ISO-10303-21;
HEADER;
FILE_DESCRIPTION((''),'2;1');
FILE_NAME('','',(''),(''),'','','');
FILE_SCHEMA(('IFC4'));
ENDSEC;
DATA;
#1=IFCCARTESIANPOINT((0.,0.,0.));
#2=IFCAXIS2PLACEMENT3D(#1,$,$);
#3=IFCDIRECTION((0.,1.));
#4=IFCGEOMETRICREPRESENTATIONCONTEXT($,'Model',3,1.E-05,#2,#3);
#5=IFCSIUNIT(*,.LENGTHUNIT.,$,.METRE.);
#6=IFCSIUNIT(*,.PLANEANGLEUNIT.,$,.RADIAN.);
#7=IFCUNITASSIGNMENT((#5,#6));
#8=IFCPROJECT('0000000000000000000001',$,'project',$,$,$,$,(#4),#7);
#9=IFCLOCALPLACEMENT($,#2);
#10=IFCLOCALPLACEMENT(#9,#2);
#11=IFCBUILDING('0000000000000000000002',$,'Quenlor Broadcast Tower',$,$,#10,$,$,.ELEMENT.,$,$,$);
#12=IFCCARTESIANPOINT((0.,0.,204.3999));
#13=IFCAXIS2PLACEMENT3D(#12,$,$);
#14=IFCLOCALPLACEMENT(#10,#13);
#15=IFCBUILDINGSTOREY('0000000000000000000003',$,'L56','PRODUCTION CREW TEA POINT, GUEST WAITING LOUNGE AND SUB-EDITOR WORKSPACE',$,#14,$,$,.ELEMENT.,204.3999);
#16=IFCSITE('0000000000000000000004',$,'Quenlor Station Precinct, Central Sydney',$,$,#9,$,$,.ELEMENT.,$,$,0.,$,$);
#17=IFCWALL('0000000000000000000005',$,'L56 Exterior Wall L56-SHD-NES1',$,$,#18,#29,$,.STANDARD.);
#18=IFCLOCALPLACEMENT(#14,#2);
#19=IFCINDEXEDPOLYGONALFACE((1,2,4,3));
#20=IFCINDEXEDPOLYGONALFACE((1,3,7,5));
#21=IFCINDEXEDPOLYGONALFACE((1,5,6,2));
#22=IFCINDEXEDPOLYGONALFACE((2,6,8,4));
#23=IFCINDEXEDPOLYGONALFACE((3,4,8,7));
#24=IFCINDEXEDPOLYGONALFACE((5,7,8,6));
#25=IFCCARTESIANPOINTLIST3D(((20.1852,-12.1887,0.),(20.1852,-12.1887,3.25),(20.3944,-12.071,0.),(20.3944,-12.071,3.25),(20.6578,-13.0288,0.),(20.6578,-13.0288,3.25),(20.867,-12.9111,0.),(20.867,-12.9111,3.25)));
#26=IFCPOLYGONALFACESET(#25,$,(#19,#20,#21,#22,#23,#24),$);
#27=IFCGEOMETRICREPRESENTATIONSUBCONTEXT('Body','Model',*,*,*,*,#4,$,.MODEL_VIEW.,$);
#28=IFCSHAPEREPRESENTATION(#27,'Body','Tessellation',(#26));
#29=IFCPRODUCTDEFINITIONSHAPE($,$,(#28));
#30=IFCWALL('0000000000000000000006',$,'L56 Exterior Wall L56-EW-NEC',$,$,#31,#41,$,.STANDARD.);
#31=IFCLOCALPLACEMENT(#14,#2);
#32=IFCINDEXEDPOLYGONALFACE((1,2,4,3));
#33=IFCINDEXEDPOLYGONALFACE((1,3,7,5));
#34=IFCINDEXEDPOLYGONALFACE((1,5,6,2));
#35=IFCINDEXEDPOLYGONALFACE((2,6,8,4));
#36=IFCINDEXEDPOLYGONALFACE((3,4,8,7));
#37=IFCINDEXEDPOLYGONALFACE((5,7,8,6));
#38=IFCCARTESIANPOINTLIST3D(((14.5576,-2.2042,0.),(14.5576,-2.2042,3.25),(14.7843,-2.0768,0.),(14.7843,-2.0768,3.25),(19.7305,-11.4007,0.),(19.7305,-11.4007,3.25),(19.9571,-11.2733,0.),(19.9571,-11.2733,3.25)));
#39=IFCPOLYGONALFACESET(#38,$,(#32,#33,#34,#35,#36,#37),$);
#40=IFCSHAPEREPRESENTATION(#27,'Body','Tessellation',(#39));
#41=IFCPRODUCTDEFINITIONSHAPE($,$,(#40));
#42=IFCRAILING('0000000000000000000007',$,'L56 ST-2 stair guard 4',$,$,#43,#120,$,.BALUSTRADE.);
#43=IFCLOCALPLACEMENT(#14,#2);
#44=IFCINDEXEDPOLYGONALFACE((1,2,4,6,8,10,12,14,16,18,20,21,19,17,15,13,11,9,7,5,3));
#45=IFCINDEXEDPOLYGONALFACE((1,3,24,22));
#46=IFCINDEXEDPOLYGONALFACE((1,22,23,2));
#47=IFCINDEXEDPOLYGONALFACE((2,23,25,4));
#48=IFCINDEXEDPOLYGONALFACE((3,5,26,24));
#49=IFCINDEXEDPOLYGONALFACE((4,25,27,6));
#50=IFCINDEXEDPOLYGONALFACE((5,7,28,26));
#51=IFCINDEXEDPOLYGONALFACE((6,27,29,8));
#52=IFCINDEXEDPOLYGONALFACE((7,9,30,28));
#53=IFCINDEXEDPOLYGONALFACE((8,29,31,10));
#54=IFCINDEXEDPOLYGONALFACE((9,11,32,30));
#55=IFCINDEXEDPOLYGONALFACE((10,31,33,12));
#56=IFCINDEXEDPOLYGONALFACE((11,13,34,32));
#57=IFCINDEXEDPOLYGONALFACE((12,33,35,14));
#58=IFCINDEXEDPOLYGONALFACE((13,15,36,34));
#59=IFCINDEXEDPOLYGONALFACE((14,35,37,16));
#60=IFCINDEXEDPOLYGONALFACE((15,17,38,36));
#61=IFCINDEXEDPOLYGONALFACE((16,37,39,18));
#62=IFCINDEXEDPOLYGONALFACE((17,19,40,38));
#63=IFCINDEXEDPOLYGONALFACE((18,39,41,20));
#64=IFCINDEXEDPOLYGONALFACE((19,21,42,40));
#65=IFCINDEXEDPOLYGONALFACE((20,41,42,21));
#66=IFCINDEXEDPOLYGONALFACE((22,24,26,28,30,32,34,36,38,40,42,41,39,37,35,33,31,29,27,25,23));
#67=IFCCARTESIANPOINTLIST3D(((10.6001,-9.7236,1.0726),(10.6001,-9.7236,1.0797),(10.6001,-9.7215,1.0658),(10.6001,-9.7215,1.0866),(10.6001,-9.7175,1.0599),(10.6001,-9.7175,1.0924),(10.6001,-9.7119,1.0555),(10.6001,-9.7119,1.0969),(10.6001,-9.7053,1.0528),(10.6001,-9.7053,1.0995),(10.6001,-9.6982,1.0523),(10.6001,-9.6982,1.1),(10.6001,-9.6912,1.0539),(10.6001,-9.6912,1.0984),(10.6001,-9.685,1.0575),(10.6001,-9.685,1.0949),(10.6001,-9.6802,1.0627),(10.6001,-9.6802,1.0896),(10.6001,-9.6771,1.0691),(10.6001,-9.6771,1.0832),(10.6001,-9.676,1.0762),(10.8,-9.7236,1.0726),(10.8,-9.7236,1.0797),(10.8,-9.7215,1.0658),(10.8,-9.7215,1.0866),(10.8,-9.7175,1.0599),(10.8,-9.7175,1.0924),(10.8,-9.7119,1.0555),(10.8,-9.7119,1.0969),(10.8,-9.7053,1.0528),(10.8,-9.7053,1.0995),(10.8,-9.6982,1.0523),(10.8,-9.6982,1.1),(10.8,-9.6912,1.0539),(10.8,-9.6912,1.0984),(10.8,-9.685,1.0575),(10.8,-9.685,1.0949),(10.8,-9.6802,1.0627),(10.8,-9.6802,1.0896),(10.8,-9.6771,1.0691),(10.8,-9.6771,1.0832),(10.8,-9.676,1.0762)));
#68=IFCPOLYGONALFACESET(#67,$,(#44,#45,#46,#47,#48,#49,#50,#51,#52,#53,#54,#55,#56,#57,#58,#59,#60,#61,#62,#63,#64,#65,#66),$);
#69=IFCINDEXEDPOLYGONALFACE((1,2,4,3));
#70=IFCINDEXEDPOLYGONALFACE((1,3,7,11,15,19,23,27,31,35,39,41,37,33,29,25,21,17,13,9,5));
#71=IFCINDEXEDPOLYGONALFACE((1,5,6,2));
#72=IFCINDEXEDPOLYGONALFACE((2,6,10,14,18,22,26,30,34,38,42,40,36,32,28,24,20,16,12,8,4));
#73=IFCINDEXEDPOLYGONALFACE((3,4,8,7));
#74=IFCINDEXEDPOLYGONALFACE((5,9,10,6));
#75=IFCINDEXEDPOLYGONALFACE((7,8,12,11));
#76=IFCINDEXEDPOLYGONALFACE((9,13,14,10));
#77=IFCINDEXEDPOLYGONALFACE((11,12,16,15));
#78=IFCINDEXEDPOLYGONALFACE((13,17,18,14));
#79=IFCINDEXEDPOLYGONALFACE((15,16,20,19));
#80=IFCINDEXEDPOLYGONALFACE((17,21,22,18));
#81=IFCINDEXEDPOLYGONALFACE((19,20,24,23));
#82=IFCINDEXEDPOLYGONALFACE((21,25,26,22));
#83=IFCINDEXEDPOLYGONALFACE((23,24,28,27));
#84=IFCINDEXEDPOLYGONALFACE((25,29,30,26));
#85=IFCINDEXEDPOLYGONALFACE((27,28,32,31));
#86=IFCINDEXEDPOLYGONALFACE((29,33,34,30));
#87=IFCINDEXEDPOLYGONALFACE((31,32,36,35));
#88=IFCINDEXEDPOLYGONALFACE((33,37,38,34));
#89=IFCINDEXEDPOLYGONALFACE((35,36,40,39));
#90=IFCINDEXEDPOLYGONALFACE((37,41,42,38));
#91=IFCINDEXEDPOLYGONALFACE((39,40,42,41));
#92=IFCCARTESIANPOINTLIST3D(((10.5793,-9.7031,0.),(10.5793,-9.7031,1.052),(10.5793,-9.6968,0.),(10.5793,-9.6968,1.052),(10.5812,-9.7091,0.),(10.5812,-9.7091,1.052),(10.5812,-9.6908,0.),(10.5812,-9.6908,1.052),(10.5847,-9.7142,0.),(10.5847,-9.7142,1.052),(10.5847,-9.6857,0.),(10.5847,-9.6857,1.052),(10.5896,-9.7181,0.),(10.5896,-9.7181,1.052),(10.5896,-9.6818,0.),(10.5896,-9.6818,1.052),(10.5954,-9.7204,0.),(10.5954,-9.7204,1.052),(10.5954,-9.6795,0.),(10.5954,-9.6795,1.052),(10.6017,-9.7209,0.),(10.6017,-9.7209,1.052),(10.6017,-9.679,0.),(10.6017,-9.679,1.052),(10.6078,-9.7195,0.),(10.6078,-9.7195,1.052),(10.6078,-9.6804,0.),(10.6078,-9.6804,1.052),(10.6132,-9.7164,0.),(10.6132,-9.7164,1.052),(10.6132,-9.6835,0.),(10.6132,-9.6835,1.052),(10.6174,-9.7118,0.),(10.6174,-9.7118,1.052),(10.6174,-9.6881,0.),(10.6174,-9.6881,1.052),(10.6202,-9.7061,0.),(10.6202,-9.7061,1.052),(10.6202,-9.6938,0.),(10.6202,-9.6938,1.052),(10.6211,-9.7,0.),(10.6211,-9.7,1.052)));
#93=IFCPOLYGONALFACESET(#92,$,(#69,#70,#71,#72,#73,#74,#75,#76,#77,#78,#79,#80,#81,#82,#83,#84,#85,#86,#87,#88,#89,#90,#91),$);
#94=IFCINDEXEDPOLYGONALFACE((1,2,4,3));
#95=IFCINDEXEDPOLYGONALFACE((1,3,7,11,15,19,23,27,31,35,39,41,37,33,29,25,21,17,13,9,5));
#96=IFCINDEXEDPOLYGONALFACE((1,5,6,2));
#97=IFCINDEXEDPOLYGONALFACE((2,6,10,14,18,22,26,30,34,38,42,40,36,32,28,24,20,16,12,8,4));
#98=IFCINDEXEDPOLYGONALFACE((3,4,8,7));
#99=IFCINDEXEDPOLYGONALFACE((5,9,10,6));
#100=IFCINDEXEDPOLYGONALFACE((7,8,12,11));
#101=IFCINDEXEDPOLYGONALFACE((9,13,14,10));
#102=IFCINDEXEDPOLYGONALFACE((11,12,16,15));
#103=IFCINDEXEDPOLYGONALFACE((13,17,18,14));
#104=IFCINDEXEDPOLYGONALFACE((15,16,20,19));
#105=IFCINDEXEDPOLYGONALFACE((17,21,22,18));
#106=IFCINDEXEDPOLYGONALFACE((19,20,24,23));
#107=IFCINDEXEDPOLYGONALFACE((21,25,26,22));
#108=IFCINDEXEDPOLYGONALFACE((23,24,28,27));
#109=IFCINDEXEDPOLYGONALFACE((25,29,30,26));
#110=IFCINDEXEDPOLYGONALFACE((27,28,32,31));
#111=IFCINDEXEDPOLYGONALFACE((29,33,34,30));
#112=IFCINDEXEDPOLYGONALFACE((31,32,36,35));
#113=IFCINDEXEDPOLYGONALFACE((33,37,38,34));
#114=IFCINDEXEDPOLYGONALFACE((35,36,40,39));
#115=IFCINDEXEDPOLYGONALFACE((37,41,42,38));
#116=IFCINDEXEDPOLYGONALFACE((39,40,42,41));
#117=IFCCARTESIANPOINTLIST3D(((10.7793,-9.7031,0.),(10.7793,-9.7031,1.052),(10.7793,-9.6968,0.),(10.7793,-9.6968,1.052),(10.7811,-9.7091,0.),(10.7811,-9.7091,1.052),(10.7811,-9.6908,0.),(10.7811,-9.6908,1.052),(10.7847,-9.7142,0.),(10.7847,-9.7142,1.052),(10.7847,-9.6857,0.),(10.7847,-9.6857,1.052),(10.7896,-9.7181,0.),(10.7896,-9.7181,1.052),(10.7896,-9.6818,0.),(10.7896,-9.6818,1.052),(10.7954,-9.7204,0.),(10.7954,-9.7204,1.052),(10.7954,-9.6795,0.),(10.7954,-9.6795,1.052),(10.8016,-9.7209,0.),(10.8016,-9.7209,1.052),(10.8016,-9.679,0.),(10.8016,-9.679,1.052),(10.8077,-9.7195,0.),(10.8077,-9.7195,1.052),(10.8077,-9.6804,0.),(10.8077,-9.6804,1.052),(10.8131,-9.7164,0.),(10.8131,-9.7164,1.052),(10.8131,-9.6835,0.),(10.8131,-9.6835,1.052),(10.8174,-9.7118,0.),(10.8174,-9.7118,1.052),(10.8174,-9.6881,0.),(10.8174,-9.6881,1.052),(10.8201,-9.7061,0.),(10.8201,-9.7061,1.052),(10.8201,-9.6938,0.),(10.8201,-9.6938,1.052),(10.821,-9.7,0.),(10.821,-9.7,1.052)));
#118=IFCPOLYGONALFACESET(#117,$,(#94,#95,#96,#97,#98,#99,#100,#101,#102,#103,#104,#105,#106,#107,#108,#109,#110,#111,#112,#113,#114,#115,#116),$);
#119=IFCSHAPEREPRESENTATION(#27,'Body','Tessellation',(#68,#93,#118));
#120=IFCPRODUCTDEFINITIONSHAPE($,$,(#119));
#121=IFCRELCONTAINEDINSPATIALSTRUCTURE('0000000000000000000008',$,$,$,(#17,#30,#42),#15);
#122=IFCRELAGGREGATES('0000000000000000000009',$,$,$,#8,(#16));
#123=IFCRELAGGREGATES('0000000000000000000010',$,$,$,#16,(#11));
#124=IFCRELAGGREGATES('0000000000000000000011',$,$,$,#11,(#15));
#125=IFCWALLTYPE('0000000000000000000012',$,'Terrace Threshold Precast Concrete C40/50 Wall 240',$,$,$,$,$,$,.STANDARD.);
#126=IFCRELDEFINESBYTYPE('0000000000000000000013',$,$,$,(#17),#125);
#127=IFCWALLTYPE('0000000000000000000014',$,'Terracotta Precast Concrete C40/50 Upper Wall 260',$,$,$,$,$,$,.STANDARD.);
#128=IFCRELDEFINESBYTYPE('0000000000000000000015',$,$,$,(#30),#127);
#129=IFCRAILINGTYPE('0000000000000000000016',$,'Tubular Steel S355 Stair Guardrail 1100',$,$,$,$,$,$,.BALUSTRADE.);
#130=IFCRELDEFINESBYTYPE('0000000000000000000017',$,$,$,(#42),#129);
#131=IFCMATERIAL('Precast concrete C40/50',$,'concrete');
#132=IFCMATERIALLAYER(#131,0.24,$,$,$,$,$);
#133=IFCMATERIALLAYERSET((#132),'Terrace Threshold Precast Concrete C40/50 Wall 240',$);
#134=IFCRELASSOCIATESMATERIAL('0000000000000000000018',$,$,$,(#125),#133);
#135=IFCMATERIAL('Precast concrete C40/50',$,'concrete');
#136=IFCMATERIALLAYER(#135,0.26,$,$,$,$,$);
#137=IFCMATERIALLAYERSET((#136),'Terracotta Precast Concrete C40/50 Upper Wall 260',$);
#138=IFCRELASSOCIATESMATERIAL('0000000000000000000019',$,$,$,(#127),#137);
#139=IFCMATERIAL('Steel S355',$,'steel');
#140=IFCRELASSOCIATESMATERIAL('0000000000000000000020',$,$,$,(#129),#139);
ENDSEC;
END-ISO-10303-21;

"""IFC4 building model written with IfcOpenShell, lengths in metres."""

from ifc_helpers import new_model, si_unit, direction, frame, frame_2d, origin, origin_2d, place, context, subcontext, project, spatial, rectangle, circle, extrude, material, layer, layer_set, type_object, element, save


model = new_model("IFC4")

# Units and contexts
model_context = context("Model", 3, precision=1e-05, world=origin(), true_north=direction((0.0, 1.0)))
body_context = subcontext(model_context, "Body", "Model", "MODEL_VIEW")
ifc_project = project(units=[si_unit("LENGTHUNIT", "METRE"), si_unit("PLANEANGLEUNIT", "RADIAN")], contexts=[model_context])

# Site, building, storey
site_placement = place(None, origin())
site = spatial("IfcSite", under=ifc_project, at=site_placement, Name="Quenlor Station Precinct, Central Sydney", CompositionType="ELEMENT", RefElevation=0.0)
building_placement = place(site_placement, origin())
building = spatial("IfcBuilding", under=site, at=building_placement, Name="Quenlor Broadcast Tower", CompositionType="ELEMENT")
storey_placement = place(building_placement, frame((0.0, 0.0, 204.3999)))
storey = spatial("IfcBuildingStorey", under=building, at=storey_placement, Name="L56", Description="PRODUCTION CREW TEA POINT, GUEST WAITING LOUNGE AND SUB-EDITOR WORKSPACE", CompositionType="ELEMENT", Elevation=204.3999)

# Walls
ifc_material_1 = material(Name="Precast concrete C40/50", Category="concrete")
ifc_layer_1 = layer(ifc_material_1, 0.24)
ifc_layer_set_1 = layer_set([ifc_layer_1], Name="Terrace Threshold Precast Concrete C40/50 Wall 240")
wall_type_1 = type_object("IfcWallType", Name="Terrace Threshold Precast Concrete C40/50 Wall 240", PredefinedType="STANDARD", material=ifc_layer_set_1)
wall_1_placement = place(storey_placement, frame((20.2898, -12.1299, 0.0), z_axis=(0.0, 0.0, 1.0), x_axis=(0.490345, -0.871528, 0.0)))
element("IfcWall", 1, at=wall_1_placement, inside=storey, type_object=wall_type_1, Name="L56 Exterior Wall L56-SHD-NES1", PredefinedType="STANDARD", context=body_context, shape_type="SweptSolid", body=[
    extrude(rectangle(XDim=0.9639, YDim=0.24, at=frame_2d((0.4819, 0.0))), origin(), (0.0, 0.0, 1.0), 3.25),
])
ifc_material_2 = material(Name="Precast concrete C40/50", Category="concrete")
ifc_layer_2 = layer(ifc_material_2, 0.26)
ifc_layer_set_2 = layer_set([ifc_layer_2], Name="Terracotta Precast Concrete C40/50 Upper Wall 260")
wall_type_2 = type_object("IfcWallType", Name="Terracotta Precast Concrete C40/50 Upper Wall 260", PredefinedType="STANDARD", material=ifc_layer_set_2)
wall_2_placement = place(storey_placement, frame((14.6709, -2.1404, 0.0), z_axis=(0.0, 0.0, 1.0), x_axis=(0.490247, -0.871584, 0.0)))
element("IfcWall", 2, at=wall_2_placement, inside=storey, type_object=wall_type_2, Name="L56 Exterior Wall L56-EW-NEC", PredefinedType="STANDARD", context=body_context, shape_type="SweptSolid", body=[
    extrude(rectangle(XDim=10.5515, YDim=0.26, at=frame_2d((5.2759, 0.0))), origin(), (0.0, 0.0, 1.0), 3.25),
])

# Railing
ifc_material_3 = material(Name="Steel S355", Category="steel")
railing_type = type_object("IfcRailingType", Name="Tubular Steel S355 Stair Guardrail 1100", PredefinedType="BALUSTRADE", material=ifc_material_3)
railing_placement = place(storey_placement, frame((10.6001, -9.7, 0.0)))
element("IfcRailing", 3, at=railing_placement, inside=storey, type_object=railing_type, Name="L56 ST-2 stair guard 4", PredefinedType="BALUSTRADE", context=body_context, shape_type="SweptSolid", body=[
    extrude(circle(Radius=0.0239, at=origin_2d()), frame((0.0, 0.0, 1.0762), z_axis=(1.0, 0.0, 0.0), x_axis=(0.0, 1.0, 0.0)), (0.0, 0.0, 1.0), 0.2),
    extrude(circle(Radius=0.021, at=origin_2d()), origin(), (0.0, 0.0, 1.0), 1.052),
    extrude(circle(Radius=0.021, at=origin_2d()), frame((0.2, 0.0, 0.0)), (0.0, 0.0, 1.0), 1.052),
])

save(model, "model.ifc")
